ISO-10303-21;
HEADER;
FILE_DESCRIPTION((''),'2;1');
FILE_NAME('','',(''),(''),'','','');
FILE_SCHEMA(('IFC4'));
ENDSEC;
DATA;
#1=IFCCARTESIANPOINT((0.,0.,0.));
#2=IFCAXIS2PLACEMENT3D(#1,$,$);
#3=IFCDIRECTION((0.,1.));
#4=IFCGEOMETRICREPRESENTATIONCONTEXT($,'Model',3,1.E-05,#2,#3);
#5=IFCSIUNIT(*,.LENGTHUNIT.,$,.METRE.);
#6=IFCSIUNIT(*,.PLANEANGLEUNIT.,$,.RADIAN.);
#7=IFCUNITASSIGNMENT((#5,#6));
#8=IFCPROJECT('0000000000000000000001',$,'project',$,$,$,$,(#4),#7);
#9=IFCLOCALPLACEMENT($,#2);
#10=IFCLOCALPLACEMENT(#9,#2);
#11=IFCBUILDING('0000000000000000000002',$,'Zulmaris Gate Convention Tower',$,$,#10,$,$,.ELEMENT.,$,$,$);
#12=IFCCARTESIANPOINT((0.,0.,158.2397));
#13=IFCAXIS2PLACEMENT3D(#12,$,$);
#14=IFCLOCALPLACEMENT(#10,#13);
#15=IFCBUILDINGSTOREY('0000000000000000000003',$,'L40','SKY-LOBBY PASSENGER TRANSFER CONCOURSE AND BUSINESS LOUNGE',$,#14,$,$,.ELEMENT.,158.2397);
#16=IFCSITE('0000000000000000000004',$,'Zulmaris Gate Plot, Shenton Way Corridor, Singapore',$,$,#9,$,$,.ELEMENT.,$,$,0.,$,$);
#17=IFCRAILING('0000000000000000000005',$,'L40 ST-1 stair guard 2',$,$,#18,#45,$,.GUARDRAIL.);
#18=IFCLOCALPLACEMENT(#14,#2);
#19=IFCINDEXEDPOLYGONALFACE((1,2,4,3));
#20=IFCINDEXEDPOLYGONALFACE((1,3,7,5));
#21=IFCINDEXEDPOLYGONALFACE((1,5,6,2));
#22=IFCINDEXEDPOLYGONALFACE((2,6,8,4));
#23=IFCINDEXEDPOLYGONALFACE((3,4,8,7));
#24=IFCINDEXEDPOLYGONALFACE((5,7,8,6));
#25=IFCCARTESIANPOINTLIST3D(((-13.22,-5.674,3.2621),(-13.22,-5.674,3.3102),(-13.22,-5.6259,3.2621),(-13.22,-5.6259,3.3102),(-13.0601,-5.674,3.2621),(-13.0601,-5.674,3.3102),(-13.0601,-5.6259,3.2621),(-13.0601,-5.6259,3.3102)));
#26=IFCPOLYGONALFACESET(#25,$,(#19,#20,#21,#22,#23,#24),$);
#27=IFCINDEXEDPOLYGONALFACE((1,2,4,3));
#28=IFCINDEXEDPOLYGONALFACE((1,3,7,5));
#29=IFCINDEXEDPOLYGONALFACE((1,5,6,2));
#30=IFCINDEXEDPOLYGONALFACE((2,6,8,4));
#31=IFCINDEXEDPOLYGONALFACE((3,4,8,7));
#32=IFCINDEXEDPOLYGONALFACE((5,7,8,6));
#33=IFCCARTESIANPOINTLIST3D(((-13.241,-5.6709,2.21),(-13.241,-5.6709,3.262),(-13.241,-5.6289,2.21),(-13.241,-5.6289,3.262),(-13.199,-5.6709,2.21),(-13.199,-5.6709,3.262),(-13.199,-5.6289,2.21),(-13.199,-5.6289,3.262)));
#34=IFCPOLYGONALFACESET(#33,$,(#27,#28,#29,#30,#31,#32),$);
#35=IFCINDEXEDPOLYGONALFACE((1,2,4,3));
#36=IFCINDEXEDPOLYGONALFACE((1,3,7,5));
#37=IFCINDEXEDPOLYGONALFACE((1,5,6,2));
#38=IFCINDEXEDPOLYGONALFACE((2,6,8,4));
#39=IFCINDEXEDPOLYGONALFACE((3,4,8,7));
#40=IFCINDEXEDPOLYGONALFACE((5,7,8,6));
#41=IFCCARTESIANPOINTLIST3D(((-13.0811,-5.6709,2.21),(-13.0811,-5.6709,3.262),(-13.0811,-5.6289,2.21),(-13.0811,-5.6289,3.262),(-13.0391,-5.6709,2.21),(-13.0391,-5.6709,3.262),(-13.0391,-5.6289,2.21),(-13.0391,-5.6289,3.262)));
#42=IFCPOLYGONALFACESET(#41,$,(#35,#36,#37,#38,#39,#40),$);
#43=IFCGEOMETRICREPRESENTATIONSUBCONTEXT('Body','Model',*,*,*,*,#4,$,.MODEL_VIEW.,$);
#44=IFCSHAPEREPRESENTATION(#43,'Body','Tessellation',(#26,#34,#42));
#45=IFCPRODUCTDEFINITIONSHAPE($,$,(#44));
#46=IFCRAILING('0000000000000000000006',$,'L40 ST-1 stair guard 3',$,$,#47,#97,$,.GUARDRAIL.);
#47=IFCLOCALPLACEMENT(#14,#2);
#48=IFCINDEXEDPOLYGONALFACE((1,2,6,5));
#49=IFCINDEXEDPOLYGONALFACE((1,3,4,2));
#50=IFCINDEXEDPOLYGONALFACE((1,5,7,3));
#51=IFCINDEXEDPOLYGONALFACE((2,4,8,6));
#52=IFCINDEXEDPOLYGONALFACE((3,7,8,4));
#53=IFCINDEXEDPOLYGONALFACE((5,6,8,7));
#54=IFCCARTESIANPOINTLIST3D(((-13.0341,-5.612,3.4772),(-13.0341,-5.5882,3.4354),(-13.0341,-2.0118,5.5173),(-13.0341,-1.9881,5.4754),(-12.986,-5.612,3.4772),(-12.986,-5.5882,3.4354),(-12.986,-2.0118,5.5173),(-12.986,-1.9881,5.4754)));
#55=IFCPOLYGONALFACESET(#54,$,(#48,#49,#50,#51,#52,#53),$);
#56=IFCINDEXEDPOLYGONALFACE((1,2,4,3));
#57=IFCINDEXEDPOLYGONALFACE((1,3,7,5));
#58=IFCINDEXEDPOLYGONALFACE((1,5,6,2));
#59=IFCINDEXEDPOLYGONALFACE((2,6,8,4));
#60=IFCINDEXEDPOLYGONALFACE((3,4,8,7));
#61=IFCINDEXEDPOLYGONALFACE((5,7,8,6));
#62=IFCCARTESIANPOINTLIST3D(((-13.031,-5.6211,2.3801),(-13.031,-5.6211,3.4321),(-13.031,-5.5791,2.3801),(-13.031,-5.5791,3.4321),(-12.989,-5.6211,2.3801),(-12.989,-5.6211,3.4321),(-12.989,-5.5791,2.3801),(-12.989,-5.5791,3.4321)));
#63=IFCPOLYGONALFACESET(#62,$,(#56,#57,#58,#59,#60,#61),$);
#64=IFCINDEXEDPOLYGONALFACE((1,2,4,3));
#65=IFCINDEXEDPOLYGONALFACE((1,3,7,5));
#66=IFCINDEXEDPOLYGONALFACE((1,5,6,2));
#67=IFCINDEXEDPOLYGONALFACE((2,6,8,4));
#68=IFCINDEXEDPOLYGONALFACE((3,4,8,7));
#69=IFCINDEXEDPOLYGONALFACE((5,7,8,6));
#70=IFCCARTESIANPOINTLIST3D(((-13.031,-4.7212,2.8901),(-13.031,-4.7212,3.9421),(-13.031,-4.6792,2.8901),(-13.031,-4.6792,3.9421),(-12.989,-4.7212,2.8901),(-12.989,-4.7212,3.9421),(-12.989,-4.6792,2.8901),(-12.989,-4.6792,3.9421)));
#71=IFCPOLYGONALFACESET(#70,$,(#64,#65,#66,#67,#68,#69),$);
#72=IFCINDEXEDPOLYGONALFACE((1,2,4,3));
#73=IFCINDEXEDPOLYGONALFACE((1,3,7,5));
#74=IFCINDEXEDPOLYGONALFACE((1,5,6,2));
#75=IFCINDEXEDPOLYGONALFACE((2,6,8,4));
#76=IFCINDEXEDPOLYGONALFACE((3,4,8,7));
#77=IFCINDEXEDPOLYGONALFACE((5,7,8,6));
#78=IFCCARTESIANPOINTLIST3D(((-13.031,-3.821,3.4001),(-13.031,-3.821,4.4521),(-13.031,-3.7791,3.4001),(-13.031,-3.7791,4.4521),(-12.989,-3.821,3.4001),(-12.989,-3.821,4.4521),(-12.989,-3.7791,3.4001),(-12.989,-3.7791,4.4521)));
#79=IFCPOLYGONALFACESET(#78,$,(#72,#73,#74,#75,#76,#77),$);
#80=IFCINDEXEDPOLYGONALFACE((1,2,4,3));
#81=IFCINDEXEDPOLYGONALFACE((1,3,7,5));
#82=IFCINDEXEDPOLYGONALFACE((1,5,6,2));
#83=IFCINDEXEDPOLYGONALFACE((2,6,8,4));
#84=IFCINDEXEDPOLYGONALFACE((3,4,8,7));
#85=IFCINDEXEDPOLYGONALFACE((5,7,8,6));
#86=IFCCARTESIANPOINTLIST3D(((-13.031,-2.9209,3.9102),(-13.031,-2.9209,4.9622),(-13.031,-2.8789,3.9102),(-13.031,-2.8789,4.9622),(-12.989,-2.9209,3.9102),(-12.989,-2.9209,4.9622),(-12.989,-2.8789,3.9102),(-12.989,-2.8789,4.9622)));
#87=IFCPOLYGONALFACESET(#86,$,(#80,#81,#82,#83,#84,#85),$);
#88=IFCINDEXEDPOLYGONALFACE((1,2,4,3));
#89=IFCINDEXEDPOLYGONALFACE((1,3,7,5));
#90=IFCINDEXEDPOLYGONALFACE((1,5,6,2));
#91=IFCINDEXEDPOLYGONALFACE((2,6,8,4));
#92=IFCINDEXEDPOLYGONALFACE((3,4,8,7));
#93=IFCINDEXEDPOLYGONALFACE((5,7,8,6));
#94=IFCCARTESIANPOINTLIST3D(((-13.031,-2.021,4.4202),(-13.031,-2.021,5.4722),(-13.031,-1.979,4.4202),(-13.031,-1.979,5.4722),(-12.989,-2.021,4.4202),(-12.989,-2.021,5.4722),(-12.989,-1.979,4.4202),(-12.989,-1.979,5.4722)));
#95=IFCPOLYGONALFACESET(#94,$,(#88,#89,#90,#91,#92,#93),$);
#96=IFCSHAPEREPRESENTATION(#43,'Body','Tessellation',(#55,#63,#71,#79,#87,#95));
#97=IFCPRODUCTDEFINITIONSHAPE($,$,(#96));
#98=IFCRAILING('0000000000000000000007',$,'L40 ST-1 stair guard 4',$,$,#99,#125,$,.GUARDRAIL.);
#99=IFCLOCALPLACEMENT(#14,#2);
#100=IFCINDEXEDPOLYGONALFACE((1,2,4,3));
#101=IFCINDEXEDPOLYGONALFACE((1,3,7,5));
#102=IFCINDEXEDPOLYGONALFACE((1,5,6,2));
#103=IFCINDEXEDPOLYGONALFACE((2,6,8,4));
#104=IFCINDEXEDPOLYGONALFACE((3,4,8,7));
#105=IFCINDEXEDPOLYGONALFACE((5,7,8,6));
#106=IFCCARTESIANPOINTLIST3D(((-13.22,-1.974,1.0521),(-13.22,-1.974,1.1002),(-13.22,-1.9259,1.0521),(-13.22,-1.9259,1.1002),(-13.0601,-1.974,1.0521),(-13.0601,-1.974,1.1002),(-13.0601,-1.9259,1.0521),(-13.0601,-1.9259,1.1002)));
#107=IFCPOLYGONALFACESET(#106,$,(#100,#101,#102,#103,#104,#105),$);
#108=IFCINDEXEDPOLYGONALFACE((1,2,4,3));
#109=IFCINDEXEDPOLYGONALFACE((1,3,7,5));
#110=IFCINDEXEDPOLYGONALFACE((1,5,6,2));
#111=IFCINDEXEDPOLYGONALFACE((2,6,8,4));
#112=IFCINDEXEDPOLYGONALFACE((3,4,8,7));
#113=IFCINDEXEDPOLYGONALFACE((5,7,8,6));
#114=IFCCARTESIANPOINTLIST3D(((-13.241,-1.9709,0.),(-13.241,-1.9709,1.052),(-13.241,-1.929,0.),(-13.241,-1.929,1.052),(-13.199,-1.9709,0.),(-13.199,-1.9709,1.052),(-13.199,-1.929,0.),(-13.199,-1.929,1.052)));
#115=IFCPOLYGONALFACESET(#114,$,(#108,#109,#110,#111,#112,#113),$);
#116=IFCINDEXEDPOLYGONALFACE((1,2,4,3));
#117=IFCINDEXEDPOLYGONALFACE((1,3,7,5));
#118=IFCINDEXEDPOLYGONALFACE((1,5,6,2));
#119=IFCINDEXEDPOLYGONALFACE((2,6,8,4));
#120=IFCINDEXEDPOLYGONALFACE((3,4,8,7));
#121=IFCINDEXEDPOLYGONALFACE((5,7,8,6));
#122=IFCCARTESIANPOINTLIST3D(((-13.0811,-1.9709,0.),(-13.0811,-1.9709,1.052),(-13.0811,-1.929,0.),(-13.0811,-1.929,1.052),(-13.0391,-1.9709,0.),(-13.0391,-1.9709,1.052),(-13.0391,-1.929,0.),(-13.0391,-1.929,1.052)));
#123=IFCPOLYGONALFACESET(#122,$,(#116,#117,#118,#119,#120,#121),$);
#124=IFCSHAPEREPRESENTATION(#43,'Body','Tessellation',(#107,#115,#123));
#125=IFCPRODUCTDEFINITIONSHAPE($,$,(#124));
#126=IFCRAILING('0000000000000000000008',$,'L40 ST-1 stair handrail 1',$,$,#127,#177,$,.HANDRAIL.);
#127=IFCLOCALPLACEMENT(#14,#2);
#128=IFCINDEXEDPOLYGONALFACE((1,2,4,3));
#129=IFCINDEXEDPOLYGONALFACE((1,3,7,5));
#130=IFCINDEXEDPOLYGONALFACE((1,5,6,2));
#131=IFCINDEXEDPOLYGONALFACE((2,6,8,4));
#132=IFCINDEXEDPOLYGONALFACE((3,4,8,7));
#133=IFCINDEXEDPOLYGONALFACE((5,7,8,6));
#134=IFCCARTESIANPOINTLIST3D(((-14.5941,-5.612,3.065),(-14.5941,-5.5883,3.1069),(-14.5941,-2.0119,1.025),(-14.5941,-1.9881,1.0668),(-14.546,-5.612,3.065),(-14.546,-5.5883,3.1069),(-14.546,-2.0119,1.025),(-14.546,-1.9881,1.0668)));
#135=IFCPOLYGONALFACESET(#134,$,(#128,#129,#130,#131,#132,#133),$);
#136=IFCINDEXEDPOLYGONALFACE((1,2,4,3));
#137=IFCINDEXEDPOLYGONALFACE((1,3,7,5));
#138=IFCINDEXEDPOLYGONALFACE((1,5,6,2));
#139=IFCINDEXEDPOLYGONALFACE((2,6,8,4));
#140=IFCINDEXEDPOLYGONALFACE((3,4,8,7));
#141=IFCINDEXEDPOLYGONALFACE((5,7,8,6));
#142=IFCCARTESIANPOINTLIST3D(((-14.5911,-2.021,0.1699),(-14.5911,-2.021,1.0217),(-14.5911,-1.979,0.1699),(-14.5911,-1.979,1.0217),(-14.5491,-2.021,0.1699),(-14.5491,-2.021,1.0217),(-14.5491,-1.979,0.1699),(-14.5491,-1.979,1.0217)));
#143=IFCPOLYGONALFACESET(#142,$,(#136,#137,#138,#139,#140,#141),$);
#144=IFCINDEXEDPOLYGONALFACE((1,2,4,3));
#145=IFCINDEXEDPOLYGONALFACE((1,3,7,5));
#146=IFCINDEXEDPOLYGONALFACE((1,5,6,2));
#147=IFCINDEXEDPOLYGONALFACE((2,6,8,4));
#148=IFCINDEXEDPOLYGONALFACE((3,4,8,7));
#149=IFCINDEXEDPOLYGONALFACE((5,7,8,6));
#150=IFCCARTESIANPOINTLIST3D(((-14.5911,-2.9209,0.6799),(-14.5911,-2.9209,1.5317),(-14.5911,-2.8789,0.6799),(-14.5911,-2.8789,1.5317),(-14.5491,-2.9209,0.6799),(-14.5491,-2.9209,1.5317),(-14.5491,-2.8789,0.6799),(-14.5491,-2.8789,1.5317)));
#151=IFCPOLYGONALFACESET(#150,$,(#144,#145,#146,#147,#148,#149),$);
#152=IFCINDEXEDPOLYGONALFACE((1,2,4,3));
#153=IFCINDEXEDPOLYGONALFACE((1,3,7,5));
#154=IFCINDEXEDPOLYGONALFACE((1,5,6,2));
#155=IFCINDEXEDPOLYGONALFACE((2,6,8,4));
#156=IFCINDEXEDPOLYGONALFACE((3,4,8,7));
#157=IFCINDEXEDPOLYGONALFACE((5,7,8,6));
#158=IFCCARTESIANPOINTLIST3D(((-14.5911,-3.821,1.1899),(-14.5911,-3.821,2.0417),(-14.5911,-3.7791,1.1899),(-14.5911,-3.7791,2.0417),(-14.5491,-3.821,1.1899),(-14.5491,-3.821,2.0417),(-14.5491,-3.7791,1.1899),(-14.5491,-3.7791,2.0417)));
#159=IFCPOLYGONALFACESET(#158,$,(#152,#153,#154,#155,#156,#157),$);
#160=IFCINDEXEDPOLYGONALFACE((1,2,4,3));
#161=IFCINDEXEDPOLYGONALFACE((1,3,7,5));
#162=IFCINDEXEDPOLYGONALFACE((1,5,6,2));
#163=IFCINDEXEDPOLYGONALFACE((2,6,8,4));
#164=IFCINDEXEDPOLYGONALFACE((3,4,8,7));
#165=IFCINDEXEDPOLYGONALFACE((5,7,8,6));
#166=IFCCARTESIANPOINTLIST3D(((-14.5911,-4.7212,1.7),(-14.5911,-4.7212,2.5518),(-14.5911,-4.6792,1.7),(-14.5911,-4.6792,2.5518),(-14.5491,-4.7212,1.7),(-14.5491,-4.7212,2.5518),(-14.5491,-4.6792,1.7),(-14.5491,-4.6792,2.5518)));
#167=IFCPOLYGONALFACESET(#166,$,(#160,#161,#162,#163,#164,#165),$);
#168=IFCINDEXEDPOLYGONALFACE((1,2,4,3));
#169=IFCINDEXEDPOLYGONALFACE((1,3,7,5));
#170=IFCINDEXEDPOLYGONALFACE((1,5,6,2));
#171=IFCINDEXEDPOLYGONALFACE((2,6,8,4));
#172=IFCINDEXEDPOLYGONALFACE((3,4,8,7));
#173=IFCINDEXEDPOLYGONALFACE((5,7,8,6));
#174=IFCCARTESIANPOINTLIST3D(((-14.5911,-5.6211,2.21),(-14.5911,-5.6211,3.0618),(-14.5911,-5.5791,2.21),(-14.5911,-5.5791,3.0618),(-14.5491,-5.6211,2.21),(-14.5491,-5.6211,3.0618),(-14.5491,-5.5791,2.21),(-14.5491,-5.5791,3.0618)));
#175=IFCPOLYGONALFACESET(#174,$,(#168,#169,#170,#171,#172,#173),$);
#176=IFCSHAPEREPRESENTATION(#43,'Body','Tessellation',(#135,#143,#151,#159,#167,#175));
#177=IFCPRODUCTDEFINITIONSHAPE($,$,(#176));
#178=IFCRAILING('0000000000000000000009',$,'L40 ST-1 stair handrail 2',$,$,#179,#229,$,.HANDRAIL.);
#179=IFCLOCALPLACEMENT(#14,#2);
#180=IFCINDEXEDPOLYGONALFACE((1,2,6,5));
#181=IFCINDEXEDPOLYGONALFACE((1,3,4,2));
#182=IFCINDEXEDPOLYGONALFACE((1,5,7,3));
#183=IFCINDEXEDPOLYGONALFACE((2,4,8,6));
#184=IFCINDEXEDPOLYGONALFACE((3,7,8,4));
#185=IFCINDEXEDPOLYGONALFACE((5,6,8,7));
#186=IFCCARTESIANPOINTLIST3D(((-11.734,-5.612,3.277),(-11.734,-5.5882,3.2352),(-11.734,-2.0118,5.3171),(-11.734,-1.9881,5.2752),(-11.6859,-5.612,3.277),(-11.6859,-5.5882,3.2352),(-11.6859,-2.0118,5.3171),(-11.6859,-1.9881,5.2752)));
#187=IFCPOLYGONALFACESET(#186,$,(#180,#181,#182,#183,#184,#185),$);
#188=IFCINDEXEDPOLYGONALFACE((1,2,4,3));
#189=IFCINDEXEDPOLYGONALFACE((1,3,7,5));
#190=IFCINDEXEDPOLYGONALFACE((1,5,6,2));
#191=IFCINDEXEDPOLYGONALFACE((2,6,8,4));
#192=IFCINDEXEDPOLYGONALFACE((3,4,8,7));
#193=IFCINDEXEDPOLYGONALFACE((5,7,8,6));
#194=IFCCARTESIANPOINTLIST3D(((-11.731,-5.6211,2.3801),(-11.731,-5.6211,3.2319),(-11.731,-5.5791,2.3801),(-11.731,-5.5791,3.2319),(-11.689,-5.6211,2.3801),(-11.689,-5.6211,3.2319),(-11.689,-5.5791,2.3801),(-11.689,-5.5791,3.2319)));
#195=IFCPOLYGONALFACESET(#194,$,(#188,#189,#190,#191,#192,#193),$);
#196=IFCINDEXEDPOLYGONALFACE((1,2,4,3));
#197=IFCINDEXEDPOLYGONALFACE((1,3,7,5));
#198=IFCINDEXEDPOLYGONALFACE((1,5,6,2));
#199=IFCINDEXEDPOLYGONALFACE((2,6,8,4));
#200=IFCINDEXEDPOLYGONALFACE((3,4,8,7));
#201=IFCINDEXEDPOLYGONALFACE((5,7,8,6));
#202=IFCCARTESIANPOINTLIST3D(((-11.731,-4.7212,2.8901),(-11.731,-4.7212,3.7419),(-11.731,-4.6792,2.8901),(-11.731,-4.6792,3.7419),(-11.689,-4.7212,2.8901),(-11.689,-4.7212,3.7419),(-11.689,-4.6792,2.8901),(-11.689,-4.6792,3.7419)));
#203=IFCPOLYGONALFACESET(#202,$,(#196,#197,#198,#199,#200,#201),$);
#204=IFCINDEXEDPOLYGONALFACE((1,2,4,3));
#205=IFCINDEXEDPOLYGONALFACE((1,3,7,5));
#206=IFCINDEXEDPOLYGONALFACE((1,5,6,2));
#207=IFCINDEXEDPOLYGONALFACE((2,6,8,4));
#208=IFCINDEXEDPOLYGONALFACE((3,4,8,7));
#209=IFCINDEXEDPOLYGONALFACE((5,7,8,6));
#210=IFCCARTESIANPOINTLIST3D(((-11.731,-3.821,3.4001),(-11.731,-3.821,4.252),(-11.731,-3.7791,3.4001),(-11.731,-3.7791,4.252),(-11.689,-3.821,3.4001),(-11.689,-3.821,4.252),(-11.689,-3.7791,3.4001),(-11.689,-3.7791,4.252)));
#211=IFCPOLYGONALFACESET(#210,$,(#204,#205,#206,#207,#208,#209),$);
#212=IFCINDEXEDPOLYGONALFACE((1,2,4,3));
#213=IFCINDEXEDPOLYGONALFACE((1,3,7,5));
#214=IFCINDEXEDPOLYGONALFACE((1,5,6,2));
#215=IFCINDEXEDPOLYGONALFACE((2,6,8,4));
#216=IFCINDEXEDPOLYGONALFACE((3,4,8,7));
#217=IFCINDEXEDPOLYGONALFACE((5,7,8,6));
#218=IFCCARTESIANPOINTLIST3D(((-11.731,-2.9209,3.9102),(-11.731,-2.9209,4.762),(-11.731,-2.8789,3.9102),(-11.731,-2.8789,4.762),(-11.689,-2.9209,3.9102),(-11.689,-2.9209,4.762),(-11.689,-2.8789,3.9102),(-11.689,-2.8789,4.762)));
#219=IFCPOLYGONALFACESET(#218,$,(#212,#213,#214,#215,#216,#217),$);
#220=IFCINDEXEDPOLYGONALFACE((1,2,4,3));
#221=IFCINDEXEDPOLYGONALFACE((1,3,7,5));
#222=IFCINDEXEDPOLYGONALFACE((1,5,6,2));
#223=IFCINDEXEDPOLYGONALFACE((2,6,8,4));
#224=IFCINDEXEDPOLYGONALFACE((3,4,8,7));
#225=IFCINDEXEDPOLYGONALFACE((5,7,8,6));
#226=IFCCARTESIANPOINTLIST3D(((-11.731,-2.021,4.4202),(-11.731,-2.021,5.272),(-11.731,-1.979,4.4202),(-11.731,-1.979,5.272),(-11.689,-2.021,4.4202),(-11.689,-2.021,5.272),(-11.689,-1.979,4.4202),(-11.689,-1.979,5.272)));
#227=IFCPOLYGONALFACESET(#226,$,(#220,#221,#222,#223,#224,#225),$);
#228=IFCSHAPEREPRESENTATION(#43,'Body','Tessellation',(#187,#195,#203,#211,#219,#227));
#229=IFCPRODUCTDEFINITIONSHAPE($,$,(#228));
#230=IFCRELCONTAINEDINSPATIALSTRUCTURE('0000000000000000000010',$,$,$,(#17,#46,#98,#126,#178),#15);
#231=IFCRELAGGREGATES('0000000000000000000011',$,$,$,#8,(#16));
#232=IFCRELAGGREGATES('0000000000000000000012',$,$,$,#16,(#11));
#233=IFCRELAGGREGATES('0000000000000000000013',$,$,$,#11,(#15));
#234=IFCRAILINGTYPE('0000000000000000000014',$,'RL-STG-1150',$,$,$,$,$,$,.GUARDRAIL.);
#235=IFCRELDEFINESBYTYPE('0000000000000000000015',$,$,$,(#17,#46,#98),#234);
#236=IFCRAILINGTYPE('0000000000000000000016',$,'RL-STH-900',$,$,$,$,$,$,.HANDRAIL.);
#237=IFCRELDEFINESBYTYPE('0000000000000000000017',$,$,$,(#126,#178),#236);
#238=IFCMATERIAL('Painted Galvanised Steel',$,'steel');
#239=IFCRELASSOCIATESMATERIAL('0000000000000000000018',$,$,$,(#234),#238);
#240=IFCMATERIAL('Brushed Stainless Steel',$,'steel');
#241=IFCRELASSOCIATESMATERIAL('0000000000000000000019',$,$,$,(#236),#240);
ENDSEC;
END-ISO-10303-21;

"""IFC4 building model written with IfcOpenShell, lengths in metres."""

from ifc_helpers import new_model, si_unit, direction, frame, origin, origin_2d, place, context, subcontext, project, spatial, rectangle, extrude, material, type_object, element, save


model = new_model("IFC4")

# Units and contexts
model_context = context("Model", 3, precision=1e-05, world=origin(), true_north=direction((0.0, 1.0)))
body_context = subcontext(model_context, "Body", "Model", "MODEL_VIEW")
ifc_project = project(units=[si_unit("LENGTHUNIT", "METRE"), si_unit("PLANEANGLEUNIT", "RADIAN")], contexts=[model_context])

# Site, building, storey
site_placement = place(None, origin())
site = spatial("IfcSite", under=ifc_project, at=site_placement, Name="Zulmaris Gate Plot, Shenton Way Corridor, Singapore", CompositionType="ELEMENT", RefElevation=0.0)
building_placement = place(site_placement, origin())
building = spatial("IfcBuilding", under=site, at=building_placement, Name="Zulmaris Gate Convention Tower", CompositionType="ELEMENT")
storey_placement = place(building_placement, frame((0.0, 0.0, 158.2397)))
storey = spatial("IfcBuildingStorey", under=building, at=storey_placement, Name="L40", Description="SKY-LOBBY PASSENGER TRANSFER CONCOURSE AND BUSINESS LOUNGE", CompositionType="ELEMENT", Elevation=158.2397)

# Railings
ifc_material_1 = material(Name="Painted Galvanised Steel", Category="steel")
railing_type_1 = type_object("IfcRailingType", Name="RL-STG-1150", PredefinedType="GUARDRAIL", material=ifc_material_1)
railing_1_placement = place(storey_placement, frame((-13.22, -5.6499, 2.21)))
element("IfcRailing", 1, at=railing_1_placement, inside=storey, type_object=railing_type_1, Name="L40 ST-1 stair guard 2", PredefinedType="GUARDRAIL", context=body_context, shape_type="SweptSolid", body=[
    extrude(rectangle(XDim=0.0481, YDim=0.0481, at=origin_2d()), frame((0.0, 0.0, 1.0762), z_axis=(1.0, 0.0, 0.0), x_axis=(0.0, 1.0, 0.0)), (0.0, 0.0, 1.0), 0.1599),
    extrude(rectangle(XDim=0.042, YDim=0.042, at=origin_2d()), origin(), (0.0, 0.0, 1.0), 1.052),
    extrude(rectangle(XDim=0.042, YDim=0.042, at=origin_2d()), frame((0.1599, 0.0, 0.0)), (0.0, 0.0, 1.0), 1.052),
])
railing_2_placement = place(storey_placement, frame((-13.01, -5.6001, 2.3801)))
element("IfcRailing", 2, at=railing_2_placement, inside=storey, type_object=railing_type_1, Name="L40 ST-1 stair guard 3", PredefinedType="GUARDRAIL", context=body_context, shape_type="SweptSolid", body=[
    extrude(rectangle(XDim=0.0481, YDim=0.0481, at=origin_2d()), frame((0.0, 0.0, 1.0762), z_axis=(0.0, 0.870024, 0.49301), x_axis=(-1.0, 0.0, 0.0)), (0.0, 0.0, 1.0), 4.1379),
    extrude(rectangle(XDim=0.042, YDim=0.042, at=origin_2d()), origin(), (0.0, 0.0, 1.0), 1.052),
    extrude(rectangle(XDim=0.042, YDim=0.042, at=origin_2d()), frame((0.0, 0.8999, 0.51)), (0.0, 0.0, 1.0), 1.052),
    extrude(rectangle(XDim=0.042, YDim=0.042, at=origin_2d()), frame((0.0, 1.8, 1.02)), (0.0, 0.0, 1.0), 1.052),
    extrude(rectangle(XDim=0.042, YDim=0.042, at=origin_2d()), frame((0.0, 2.7002, 1.53)), (0.0, 0.0, 1.0), 1.052),
    extrude(rectangle(XDim=0.042, YDim=0.042, at=origin_2d()), frame((0.0, 3.6001, 2.04)), (0.0, 0.0, 1.0), 1.052),
])
railing_3_placement = place(storey_placement, frame((-13.22, -1.95, 0.0)))
element("IfcRailing", 3, at=railing_3_placement, inside=storey, type_object=railing_type_1, Name="L40 ST-1 stair guard 4", PredefinedType="GUARDRAIL", context=body_context, shape_type="SweptSolid", body=[
    extrude(rectangle(XDim=0.0481, YDim=0.0481, at=origin_2d()), frame((0.0, 0.0, 1.0762), z_axis=(1.0, 0.0, 0.0), x_axis=(0.0, 1.0, 0.0)), (0.0, 0.0, 1.0), 0.1599),
    extrude(rectangle(XDim=0.042, YDim=0.042, at=origin_2d()), origin(), (0.0, 0.0, 1.0), 1.052),
    extrude(rectangle(XDim=0.042, YDim=0.042, at=origin_2d()), frame((0.1599, 0.0, 0.0)), (0.0, 0.0, 1.0), 1.052),
])
ifc_material_2 = material(Name="Brushed Stainless Steel", Category="steel")
railing_type_2 = type_object("IfcRailingType", Name="RL-STH-900", PredefinedType="HANDRAIL", material=ifc_material_2)
railing_4_placement = place(storey_placement, frame((-14.5701, -2.0, 0.1699)))
element("IfcRailing", 4, at=railing_4_placement, inside=storey, type_object=railing_type_2, Name="L40 ST-1 stair handrail 1", PredefinedType="HANDRAIL", context=body_context, shape_type="SweptSolid", body=[
    extrude(rectangle(XDim=0.0481, YDim=0.0481, at=origin_2d()), frame((0.0, 0.0, 0.876), z_axis=(0.0, -0.870024, 0.49301), x_axis=(1.0, 0.0, 0.0)), (0.0, 0.0, 1.0), 4.1379),
    extrude(rectangle(XDim=0.042, YDim=0.042, at=origin_2d()), origin(), (0.0, 0.0, 1.0), 0.8518),
    extrude(rectangle(XDim=0.042, YDim=0.042, at=origin_2d()), frame((0.0, -0.8999, 0.51)), (0.0, 0.0, 1.0), 0.8518),
    extrude(rectangle(XDim=0.042, YDim=0.042, at=origin_2d()), frame((0.0, -1.8, 1.02)), (0.0, 0.0, 1.0), 0.8518),
    extrude(rectangle(XDim=0.042, YDim=0.042, at=origin_2d()), frame((0.0, -2.7002, 1.53)), (0.0, 0.0, 1.0), 0.8518),
    extrude(rectangle(XDim=0.042, YDim=0.042, at=origin_2d()), frame((0.0, -3.6001, 2.04)), (0.0, 0.0, 1.0), 0.8518),
])
railing_5_placement = place(storey_placement, frame((-11.71, -5.6001, 2.3801)))
element("IfcRailing", 5, at=railing_5_placement, inside=storey, type_object=railing_type_2, Name="L40 ST-1 stair handrail 2", PredefinedType="HANDRAIL", context=body_context, shape_type="SweptSolid", body=[
    extrude(rectangle(XDim=0.0481, YDim=0.0481, at=origin_2d()), frame((0.0, 0.0, 0.876), z_axis=(0.0, 0.870024, 0.49301), x_axis=(-1.0, 0.0, 0.0)), (0.0, 0.0, 1.0), 4.1379),
    extrude(rectangle(XDim=0.042, YDim=0.042, at=origin_2d()), origin(), (0.0, 0.0, 1.0), 0.8518),
    extrude(rectangle(XDim=0.042, YDim=0.042, at=origin_2d()), frame((0.0, 0.8999, 0.51)), (0.0, 0.0, 1.0), 0.8518),
    extrude(rectangle(XDim=0.042, YDim=0.042, at=origin_2d()), frame((0.0, 1.8, 1.02)), (0.0, 0.0, 1.0), 0.8518),
    extrude(rectangle(XDim=0.042, YDim=0.042, at=origin_2d()), frame((0.0, 2.7002, 1.53)), (0.0, 0.0, 1.0), 0.8518),
    extrude(rectangle(XDim=0.042, YDim=0.042, at=origin_2d()), frame((0.0, 3.6001, 2.04)), (0.0, 0.0, 1.0), 0.8518),
])

save(model, "model.ifc")
